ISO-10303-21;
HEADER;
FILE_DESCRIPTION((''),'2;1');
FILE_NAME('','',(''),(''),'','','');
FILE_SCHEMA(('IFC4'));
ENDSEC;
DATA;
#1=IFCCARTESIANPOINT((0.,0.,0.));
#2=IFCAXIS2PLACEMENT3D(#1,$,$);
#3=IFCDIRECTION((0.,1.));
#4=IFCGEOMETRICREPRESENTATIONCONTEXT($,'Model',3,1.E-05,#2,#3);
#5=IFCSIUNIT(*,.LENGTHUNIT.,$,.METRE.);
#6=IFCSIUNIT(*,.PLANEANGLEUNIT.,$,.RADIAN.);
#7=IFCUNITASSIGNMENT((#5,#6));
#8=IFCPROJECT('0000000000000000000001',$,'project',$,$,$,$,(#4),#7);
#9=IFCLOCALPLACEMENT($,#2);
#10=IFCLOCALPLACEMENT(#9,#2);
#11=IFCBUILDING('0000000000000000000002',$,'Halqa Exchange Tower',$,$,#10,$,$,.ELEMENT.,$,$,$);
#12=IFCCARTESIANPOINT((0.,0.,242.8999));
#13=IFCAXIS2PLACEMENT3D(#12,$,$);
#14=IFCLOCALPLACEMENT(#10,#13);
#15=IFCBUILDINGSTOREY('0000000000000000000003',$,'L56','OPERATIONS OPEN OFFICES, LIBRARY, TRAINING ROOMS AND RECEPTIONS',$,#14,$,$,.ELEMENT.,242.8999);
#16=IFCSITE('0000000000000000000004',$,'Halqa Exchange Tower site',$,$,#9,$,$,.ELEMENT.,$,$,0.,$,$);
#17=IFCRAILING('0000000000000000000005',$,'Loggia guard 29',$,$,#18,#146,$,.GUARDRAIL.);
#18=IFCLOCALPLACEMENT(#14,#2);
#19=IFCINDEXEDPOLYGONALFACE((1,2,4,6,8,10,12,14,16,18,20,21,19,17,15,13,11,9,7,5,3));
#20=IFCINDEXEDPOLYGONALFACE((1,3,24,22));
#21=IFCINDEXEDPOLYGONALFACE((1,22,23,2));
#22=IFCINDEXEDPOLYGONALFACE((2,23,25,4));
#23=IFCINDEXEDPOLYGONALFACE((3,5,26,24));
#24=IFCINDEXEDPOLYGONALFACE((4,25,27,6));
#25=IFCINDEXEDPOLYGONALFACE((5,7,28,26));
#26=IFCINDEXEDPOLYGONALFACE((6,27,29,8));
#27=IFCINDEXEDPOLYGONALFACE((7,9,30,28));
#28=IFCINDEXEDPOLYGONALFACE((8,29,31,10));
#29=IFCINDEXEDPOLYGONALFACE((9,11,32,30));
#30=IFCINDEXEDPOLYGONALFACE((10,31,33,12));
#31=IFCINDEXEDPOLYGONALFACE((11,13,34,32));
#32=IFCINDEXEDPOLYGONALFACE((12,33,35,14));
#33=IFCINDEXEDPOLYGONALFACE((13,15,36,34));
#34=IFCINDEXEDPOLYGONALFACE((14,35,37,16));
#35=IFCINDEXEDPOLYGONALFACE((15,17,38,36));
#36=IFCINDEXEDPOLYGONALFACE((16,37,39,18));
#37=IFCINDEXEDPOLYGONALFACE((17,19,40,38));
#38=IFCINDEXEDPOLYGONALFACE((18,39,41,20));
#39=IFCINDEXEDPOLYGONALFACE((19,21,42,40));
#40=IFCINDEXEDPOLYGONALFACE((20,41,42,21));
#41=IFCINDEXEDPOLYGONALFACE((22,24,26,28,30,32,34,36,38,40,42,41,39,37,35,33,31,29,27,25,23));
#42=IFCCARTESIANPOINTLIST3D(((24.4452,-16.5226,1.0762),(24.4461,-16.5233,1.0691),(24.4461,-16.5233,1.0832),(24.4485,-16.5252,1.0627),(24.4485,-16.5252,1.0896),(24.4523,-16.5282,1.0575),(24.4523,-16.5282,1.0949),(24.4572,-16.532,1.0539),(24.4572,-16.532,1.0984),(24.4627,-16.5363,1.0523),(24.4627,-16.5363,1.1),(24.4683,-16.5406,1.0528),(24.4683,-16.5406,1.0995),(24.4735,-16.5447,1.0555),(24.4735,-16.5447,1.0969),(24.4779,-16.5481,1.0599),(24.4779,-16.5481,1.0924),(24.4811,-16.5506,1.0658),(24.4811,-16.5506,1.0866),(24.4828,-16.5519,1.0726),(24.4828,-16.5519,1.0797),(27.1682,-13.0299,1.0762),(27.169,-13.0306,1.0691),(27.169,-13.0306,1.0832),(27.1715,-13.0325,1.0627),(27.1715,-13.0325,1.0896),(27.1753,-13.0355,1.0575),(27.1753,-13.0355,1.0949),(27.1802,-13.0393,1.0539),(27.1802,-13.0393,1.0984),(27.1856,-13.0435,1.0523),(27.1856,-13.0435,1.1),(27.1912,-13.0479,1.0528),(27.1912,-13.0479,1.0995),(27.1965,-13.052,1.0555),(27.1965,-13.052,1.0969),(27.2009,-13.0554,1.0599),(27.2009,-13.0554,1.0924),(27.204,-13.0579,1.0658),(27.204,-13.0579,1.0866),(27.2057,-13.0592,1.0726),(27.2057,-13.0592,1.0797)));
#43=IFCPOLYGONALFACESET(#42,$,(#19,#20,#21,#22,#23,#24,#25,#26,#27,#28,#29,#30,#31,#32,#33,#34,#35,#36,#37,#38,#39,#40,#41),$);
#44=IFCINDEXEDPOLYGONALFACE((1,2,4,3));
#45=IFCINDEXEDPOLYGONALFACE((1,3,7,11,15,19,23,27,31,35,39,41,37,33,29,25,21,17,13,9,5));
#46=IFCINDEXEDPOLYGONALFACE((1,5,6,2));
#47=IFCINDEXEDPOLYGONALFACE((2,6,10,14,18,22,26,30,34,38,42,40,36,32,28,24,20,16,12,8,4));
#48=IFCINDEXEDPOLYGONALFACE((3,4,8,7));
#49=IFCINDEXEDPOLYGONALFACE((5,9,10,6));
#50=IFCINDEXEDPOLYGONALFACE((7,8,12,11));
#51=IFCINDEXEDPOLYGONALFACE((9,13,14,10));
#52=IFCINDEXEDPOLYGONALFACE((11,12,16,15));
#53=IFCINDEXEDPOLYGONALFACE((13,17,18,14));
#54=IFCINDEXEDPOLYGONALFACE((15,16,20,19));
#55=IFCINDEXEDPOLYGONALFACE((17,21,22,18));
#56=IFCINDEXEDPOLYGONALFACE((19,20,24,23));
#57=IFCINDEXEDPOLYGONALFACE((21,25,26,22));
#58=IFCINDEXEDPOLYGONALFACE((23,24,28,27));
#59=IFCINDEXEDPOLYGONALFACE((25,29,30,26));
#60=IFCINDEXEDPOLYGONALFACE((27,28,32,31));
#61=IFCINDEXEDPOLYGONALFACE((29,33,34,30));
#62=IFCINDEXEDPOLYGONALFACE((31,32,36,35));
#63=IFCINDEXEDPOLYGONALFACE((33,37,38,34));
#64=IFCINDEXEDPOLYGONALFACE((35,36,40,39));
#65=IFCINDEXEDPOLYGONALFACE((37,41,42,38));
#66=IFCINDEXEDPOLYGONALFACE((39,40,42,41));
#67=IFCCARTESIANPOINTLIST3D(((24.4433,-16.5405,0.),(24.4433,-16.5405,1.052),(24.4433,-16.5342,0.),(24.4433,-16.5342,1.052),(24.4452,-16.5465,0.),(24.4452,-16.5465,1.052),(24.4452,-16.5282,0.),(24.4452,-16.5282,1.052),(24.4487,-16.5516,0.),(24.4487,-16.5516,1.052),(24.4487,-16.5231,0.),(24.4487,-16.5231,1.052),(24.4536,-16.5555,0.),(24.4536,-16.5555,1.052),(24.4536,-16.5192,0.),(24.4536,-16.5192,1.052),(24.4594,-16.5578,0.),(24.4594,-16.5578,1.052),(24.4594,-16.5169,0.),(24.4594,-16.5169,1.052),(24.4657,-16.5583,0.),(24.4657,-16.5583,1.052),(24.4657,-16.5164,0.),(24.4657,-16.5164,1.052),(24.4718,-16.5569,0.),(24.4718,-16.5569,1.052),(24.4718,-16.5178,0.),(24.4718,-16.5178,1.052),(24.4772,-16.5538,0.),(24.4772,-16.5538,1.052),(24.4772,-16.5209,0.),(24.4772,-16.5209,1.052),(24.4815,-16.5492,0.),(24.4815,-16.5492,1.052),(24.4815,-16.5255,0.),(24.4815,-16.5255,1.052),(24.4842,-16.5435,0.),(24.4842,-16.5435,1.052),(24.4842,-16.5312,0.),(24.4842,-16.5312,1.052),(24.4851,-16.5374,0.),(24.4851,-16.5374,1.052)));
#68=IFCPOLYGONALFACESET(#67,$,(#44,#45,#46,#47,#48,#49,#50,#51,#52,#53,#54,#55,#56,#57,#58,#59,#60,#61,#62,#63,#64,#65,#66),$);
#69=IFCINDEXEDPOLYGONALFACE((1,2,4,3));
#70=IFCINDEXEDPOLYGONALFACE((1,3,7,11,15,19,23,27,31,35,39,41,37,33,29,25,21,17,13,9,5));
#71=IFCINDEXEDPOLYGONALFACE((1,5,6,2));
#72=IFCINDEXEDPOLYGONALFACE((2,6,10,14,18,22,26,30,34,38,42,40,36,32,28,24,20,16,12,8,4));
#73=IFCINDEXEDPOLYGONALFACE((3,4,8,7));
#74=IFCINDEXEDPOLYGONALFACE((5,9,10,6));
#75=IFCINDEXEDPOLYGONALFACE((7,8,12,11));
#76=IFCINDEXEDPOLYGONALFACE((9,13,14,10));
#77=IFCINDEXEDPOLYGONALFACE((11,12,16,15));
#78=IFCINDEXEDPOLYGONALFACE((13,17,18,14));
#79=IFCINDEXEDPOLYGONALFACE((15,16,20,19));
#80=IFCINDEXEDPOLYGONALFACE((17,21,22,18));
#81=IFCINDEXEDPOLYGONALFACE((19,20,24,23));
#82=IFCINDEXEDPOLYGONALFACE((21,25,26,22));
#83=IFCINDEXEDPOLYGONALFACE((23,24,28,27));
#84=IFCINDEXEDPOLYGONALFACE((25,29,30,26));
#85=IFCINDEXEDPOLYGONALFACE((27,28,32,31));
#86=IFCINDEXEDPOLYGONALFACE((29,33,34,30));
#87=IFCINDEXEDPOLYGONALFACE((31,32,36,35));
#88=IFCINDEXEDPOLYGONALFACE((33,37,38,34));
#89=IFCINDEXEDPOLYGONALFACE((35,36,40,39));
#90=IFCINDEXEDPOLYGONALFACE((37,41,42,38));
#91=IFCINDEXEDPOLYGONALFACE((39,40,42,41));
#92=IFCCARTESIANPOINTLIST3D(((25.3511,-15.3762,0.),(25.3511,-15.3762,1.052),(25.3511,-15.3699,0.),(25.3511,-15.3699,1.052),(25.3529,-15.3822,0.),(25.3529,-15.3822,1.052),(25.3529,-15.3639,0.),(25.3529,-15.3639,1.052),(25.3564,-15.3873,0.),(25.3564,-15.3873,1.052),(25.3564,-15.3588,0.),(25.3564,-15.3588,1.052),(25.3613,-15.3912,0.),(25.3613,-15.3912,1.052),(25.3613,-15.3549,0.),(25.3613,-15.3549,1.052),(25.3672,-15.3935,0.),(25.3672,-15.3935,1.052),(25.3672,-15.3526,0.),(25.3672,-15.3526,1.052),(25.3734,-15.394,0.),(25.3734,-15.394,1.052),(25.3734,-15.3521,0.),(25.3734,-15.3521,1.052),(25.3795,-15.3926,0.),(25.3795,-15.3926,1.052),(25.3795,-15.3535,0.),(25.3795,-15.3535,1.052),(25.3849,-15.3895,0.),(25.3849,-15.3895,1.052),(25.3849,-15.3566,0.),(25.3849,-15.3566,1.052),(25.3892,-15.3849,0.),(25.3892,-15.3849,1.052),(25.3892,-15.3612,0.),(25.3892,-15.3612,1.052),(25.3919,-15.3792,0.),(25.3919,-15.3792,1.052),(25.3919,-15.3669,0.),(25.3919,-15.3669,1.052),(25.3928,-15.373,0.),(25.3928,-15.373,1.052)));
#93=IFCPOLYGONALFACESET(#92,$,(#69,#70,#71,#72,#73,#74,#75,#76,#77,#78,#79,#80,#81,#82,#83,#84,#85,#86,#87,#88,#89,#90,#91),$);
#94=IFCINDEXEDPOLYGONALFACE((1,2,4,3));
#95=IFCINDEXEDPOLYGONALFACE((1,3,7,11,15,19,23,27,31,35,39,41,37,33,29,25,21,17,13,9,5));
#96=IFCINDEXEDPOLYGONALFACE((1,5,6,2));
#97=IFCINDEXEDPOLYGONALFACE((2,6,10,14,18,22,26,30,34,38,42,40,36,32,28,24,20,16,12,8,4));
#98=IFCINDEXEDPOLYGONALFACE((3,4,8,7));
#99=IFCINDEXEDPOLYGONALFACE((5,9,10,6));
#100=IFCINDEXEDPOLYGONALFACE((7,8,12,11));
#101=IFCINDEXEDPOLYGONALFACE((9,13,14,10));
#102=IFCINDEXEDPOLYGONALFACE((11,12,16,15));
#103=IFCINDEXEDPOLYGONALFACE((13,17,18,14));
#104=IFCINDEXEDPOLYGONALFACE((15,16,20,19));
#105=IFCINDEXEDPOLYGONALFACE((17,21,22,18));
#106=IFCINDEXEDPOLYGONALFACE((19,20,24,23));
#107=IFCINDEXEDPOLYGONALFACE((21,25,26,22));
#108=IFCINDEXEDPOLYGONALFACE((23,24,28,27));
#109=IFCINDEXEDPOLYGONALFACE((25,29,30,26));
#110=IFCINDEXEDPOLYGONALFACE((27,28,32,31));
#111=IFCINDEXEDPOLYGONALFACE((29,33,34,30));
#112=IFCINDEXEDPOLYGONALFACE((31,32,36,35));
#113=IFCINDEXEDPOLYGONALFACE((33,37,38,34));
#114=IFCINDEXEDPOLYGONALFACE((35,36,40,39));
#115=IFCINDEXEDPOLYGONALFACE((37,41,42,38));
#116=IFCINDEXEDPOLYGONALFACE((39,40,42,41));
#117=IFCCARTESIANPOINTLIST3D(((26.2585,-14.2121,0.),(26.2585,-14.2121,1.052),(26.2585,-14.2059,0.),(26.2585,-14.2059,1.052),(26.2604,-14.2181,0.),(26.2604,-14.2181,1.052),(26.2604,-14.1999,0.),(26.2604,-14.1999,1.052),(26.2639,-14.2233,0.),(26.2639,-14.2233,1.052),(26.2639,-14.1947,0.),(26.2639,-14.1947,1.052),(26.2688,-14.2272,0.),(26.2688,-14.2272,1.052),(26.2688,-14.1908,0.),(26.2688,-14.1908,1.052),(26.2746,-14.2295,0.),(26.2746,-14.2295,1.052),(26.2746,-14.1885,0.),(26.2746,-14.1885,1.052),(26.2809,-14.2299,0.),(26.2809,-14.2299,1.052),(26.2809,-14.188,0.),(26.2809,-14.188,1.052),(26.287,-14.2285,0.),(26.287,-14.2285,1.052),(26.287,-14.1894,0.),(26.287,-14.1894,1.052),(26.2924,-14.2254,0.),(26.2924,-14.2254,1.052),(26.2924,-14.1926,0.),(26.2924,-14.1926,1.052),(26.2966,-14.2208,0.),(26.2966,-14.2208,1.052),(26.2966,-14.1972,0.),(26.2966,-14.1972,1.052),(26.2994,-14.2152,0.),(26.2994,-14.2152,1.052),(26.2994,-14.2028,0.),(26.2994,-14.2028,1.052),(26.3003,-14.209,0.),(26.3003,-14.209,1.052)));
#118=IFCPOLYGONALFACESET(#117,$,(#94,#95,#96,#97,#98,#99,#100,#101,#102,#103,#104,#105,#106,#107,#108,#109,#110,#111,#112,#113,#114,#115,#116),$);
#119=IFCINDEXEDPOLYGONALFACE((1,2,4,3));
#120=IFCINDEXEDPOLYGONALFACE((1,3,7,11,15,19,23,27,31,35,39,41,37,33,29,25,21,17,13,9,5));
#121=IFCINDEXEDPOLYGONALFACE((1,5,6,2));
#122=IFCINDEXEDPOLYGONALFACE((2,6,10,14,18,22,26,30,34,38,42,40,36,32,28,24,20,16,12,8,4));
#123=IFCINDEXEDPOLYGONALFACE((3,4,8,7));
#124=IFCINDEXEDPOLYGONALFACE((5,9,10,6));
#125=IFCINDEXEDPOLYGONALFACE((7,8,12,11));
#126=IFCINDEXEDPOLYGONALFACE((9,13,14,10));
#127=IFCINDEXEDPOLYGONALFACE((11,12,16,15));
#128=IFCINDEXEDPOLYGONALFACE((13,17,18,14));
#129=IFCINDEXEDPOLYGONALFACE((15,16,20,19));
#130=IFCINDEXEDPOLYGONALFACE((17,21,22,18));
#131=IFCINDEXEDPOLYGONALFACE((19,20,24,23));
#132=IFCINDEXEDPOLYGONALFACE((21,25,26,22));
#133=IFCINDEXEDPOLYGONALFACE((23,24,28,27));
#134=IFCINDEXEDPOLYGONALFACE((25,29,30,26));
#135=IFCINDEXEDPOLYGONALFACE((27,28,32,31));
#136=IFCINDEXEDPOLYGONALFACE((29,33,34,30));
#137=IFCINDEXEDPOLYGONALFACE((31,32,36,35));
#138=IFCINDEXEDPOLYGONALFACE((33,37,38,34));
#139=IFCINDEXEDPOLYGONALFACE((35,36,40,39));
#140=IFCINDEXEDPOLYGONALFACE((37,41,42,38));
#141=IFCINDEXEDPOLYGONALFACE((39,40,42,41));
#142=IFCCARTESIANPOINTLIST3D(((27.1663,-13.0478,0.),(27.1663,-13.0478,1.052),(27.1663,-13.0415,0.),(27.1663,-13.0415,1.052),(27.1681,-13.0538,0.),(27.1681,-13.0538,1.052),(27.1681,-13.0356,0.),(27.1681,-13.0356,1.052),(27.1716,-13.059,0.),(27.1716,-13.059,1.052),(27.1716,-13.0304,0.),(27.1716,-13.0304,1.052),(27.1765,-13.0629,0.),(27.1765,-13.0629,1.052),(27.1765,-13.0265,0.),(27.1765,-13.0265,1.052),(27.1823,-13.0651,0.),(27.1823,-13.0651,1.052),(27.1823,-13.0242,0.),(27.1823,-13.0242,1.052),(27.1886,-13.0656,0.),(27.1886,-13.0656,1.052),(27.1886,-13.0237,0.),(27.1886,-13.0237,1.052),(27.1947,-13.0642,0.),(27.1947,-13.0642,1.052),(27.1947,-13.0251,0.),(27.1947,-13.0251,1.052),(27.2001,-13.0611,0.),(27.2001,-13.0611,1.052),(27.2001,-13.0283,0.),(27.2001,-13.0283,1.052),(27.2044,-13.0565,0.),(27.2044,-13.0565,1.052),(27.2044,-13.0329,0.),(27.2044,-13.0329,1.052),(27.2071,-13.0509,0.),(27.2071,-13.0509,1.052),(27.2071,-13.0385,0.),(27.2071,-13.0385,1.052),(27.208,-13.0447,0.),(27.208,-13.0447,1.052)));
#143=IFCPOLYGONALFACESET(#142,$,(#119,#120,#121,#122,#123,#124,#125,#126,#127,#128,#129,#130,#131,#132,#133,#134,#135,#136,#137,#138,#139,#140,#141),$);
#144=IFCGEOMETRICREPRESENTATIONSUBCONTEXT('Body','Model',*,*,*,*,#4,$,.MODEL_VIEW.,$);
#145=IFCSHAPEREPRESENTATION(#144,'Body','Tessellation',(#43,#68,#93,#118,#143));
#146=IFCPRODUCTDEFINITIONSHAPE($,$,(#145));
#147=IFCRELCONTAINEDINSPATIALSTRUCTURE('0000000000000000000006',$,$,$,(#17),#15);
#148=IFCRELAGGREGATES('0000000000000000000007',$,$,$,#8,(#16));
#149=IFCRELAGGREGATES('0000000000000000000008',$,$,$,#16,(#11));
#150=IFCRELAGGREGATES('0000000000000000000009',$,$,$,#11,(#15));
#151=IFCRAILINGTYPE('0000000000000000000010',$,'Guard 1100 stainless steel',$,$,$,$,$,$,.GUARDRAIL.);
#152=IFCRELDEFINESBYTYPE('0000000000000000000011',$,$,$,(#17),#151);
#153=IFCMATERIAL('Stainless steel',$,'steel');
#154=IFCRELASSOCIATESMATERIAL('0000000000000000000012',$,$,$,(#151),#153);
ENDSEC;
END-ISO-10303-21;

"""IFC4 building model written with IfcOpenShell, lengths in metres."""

from ifc_helpers import new_model, si_unit, direction, frame, origin, origin_2d, place, context, subcontext, project, spatial, circle, extrude, material, type_object, element, save


model = new_model("IFC4")

# Units and contexts
model_context = context("Model", 3, precision=1e-05, world=origin(), true_north=direction((0.0, 1.0)))
body_context = subcontext(model_context, "Body", "Model", "MODEL_VIEW")
ifc_project = project(units=[si_unit("LENGTHUNIT", "METRE"), si_unit("PLANEANGLEUNIT", "RADIAN")], contexts=[model_context])

# Site, building, storey
site_placement = place(None, origin())
site = spatial("IfcSite", under=ifc_project, at=site_placement, Name="Halqa Exchange Tower site", CompositionType="ELEMENT", RefElevation=0.0)
building_placement = place(site_placement, origin())
building = spatial("IfcBuilding", under=site, at=building_placement, Name="Halqa Exchange Tower", CompositionType="ELEMENT")
storey_placement = place(building_placement, frame((0.0, 0.0, 242.8999)))
storey = spatial("IfcBuildingStorey", under=building, at=storey_placement, Name="L56", Description="OPERATIONS OPEN OFFICES, LIBRARY, TRAINING ROOMS AND RECEPTIONS", CompositionType="ELEMENT", Elevation=242.8999)

# Railing
ifc_material_1 = material(Name="Stainless steel", Category="steel")
railing_type = type_object("IfcRailingType", Name="Guard 1100 stainless steel", PredefinedType="GUARDRAIL", material=ifc_material_1)
railing_1_placement = place(storey_placement, frame((24.4641, -16.5374, 0.0)))
element("IfcRailing", 1, at=railing_1_placement, inside=storey, type_object=railing_type, Name="Loggia guard 29", PredefinedType="GUARDRAIL", context=body_context, shape_type="SweptSolid", body=[
    extrude(circle(Radius=0.0239, at=origin_2d()), frame((0.0, 0.0, 1.0762), z_axis=(0.614837, 0.788654, 0.0), x_axis=(-0.788654, 0.614837, 0.0)), (0.0, 0.0, 1.0), 4.4287),
    extrude(circle(Radius=0.021, at=origin_2d()), origin(), (0.0, 0.0, 1.0), 1.052),
    extrude(circle(Radius=0.021, at=origin_2d()), frame((0.9077, 1.1643, 0.0)), (0.0, 0.0, 1.0), 1.052),
    extrude(circle(Radius=0.021, at=origin_2d()), frame((1.8152, 2.3284, 0.0)), (0.0, 0.0, 1.0), 1.052),
    extrude(circle(Radius=0.021, at=origin_2d()), frame((2.7229, 3.4927, 0.0)), (0.0, 0.0, 1.0), 1.052),
])

save(model, "model.ifc")
